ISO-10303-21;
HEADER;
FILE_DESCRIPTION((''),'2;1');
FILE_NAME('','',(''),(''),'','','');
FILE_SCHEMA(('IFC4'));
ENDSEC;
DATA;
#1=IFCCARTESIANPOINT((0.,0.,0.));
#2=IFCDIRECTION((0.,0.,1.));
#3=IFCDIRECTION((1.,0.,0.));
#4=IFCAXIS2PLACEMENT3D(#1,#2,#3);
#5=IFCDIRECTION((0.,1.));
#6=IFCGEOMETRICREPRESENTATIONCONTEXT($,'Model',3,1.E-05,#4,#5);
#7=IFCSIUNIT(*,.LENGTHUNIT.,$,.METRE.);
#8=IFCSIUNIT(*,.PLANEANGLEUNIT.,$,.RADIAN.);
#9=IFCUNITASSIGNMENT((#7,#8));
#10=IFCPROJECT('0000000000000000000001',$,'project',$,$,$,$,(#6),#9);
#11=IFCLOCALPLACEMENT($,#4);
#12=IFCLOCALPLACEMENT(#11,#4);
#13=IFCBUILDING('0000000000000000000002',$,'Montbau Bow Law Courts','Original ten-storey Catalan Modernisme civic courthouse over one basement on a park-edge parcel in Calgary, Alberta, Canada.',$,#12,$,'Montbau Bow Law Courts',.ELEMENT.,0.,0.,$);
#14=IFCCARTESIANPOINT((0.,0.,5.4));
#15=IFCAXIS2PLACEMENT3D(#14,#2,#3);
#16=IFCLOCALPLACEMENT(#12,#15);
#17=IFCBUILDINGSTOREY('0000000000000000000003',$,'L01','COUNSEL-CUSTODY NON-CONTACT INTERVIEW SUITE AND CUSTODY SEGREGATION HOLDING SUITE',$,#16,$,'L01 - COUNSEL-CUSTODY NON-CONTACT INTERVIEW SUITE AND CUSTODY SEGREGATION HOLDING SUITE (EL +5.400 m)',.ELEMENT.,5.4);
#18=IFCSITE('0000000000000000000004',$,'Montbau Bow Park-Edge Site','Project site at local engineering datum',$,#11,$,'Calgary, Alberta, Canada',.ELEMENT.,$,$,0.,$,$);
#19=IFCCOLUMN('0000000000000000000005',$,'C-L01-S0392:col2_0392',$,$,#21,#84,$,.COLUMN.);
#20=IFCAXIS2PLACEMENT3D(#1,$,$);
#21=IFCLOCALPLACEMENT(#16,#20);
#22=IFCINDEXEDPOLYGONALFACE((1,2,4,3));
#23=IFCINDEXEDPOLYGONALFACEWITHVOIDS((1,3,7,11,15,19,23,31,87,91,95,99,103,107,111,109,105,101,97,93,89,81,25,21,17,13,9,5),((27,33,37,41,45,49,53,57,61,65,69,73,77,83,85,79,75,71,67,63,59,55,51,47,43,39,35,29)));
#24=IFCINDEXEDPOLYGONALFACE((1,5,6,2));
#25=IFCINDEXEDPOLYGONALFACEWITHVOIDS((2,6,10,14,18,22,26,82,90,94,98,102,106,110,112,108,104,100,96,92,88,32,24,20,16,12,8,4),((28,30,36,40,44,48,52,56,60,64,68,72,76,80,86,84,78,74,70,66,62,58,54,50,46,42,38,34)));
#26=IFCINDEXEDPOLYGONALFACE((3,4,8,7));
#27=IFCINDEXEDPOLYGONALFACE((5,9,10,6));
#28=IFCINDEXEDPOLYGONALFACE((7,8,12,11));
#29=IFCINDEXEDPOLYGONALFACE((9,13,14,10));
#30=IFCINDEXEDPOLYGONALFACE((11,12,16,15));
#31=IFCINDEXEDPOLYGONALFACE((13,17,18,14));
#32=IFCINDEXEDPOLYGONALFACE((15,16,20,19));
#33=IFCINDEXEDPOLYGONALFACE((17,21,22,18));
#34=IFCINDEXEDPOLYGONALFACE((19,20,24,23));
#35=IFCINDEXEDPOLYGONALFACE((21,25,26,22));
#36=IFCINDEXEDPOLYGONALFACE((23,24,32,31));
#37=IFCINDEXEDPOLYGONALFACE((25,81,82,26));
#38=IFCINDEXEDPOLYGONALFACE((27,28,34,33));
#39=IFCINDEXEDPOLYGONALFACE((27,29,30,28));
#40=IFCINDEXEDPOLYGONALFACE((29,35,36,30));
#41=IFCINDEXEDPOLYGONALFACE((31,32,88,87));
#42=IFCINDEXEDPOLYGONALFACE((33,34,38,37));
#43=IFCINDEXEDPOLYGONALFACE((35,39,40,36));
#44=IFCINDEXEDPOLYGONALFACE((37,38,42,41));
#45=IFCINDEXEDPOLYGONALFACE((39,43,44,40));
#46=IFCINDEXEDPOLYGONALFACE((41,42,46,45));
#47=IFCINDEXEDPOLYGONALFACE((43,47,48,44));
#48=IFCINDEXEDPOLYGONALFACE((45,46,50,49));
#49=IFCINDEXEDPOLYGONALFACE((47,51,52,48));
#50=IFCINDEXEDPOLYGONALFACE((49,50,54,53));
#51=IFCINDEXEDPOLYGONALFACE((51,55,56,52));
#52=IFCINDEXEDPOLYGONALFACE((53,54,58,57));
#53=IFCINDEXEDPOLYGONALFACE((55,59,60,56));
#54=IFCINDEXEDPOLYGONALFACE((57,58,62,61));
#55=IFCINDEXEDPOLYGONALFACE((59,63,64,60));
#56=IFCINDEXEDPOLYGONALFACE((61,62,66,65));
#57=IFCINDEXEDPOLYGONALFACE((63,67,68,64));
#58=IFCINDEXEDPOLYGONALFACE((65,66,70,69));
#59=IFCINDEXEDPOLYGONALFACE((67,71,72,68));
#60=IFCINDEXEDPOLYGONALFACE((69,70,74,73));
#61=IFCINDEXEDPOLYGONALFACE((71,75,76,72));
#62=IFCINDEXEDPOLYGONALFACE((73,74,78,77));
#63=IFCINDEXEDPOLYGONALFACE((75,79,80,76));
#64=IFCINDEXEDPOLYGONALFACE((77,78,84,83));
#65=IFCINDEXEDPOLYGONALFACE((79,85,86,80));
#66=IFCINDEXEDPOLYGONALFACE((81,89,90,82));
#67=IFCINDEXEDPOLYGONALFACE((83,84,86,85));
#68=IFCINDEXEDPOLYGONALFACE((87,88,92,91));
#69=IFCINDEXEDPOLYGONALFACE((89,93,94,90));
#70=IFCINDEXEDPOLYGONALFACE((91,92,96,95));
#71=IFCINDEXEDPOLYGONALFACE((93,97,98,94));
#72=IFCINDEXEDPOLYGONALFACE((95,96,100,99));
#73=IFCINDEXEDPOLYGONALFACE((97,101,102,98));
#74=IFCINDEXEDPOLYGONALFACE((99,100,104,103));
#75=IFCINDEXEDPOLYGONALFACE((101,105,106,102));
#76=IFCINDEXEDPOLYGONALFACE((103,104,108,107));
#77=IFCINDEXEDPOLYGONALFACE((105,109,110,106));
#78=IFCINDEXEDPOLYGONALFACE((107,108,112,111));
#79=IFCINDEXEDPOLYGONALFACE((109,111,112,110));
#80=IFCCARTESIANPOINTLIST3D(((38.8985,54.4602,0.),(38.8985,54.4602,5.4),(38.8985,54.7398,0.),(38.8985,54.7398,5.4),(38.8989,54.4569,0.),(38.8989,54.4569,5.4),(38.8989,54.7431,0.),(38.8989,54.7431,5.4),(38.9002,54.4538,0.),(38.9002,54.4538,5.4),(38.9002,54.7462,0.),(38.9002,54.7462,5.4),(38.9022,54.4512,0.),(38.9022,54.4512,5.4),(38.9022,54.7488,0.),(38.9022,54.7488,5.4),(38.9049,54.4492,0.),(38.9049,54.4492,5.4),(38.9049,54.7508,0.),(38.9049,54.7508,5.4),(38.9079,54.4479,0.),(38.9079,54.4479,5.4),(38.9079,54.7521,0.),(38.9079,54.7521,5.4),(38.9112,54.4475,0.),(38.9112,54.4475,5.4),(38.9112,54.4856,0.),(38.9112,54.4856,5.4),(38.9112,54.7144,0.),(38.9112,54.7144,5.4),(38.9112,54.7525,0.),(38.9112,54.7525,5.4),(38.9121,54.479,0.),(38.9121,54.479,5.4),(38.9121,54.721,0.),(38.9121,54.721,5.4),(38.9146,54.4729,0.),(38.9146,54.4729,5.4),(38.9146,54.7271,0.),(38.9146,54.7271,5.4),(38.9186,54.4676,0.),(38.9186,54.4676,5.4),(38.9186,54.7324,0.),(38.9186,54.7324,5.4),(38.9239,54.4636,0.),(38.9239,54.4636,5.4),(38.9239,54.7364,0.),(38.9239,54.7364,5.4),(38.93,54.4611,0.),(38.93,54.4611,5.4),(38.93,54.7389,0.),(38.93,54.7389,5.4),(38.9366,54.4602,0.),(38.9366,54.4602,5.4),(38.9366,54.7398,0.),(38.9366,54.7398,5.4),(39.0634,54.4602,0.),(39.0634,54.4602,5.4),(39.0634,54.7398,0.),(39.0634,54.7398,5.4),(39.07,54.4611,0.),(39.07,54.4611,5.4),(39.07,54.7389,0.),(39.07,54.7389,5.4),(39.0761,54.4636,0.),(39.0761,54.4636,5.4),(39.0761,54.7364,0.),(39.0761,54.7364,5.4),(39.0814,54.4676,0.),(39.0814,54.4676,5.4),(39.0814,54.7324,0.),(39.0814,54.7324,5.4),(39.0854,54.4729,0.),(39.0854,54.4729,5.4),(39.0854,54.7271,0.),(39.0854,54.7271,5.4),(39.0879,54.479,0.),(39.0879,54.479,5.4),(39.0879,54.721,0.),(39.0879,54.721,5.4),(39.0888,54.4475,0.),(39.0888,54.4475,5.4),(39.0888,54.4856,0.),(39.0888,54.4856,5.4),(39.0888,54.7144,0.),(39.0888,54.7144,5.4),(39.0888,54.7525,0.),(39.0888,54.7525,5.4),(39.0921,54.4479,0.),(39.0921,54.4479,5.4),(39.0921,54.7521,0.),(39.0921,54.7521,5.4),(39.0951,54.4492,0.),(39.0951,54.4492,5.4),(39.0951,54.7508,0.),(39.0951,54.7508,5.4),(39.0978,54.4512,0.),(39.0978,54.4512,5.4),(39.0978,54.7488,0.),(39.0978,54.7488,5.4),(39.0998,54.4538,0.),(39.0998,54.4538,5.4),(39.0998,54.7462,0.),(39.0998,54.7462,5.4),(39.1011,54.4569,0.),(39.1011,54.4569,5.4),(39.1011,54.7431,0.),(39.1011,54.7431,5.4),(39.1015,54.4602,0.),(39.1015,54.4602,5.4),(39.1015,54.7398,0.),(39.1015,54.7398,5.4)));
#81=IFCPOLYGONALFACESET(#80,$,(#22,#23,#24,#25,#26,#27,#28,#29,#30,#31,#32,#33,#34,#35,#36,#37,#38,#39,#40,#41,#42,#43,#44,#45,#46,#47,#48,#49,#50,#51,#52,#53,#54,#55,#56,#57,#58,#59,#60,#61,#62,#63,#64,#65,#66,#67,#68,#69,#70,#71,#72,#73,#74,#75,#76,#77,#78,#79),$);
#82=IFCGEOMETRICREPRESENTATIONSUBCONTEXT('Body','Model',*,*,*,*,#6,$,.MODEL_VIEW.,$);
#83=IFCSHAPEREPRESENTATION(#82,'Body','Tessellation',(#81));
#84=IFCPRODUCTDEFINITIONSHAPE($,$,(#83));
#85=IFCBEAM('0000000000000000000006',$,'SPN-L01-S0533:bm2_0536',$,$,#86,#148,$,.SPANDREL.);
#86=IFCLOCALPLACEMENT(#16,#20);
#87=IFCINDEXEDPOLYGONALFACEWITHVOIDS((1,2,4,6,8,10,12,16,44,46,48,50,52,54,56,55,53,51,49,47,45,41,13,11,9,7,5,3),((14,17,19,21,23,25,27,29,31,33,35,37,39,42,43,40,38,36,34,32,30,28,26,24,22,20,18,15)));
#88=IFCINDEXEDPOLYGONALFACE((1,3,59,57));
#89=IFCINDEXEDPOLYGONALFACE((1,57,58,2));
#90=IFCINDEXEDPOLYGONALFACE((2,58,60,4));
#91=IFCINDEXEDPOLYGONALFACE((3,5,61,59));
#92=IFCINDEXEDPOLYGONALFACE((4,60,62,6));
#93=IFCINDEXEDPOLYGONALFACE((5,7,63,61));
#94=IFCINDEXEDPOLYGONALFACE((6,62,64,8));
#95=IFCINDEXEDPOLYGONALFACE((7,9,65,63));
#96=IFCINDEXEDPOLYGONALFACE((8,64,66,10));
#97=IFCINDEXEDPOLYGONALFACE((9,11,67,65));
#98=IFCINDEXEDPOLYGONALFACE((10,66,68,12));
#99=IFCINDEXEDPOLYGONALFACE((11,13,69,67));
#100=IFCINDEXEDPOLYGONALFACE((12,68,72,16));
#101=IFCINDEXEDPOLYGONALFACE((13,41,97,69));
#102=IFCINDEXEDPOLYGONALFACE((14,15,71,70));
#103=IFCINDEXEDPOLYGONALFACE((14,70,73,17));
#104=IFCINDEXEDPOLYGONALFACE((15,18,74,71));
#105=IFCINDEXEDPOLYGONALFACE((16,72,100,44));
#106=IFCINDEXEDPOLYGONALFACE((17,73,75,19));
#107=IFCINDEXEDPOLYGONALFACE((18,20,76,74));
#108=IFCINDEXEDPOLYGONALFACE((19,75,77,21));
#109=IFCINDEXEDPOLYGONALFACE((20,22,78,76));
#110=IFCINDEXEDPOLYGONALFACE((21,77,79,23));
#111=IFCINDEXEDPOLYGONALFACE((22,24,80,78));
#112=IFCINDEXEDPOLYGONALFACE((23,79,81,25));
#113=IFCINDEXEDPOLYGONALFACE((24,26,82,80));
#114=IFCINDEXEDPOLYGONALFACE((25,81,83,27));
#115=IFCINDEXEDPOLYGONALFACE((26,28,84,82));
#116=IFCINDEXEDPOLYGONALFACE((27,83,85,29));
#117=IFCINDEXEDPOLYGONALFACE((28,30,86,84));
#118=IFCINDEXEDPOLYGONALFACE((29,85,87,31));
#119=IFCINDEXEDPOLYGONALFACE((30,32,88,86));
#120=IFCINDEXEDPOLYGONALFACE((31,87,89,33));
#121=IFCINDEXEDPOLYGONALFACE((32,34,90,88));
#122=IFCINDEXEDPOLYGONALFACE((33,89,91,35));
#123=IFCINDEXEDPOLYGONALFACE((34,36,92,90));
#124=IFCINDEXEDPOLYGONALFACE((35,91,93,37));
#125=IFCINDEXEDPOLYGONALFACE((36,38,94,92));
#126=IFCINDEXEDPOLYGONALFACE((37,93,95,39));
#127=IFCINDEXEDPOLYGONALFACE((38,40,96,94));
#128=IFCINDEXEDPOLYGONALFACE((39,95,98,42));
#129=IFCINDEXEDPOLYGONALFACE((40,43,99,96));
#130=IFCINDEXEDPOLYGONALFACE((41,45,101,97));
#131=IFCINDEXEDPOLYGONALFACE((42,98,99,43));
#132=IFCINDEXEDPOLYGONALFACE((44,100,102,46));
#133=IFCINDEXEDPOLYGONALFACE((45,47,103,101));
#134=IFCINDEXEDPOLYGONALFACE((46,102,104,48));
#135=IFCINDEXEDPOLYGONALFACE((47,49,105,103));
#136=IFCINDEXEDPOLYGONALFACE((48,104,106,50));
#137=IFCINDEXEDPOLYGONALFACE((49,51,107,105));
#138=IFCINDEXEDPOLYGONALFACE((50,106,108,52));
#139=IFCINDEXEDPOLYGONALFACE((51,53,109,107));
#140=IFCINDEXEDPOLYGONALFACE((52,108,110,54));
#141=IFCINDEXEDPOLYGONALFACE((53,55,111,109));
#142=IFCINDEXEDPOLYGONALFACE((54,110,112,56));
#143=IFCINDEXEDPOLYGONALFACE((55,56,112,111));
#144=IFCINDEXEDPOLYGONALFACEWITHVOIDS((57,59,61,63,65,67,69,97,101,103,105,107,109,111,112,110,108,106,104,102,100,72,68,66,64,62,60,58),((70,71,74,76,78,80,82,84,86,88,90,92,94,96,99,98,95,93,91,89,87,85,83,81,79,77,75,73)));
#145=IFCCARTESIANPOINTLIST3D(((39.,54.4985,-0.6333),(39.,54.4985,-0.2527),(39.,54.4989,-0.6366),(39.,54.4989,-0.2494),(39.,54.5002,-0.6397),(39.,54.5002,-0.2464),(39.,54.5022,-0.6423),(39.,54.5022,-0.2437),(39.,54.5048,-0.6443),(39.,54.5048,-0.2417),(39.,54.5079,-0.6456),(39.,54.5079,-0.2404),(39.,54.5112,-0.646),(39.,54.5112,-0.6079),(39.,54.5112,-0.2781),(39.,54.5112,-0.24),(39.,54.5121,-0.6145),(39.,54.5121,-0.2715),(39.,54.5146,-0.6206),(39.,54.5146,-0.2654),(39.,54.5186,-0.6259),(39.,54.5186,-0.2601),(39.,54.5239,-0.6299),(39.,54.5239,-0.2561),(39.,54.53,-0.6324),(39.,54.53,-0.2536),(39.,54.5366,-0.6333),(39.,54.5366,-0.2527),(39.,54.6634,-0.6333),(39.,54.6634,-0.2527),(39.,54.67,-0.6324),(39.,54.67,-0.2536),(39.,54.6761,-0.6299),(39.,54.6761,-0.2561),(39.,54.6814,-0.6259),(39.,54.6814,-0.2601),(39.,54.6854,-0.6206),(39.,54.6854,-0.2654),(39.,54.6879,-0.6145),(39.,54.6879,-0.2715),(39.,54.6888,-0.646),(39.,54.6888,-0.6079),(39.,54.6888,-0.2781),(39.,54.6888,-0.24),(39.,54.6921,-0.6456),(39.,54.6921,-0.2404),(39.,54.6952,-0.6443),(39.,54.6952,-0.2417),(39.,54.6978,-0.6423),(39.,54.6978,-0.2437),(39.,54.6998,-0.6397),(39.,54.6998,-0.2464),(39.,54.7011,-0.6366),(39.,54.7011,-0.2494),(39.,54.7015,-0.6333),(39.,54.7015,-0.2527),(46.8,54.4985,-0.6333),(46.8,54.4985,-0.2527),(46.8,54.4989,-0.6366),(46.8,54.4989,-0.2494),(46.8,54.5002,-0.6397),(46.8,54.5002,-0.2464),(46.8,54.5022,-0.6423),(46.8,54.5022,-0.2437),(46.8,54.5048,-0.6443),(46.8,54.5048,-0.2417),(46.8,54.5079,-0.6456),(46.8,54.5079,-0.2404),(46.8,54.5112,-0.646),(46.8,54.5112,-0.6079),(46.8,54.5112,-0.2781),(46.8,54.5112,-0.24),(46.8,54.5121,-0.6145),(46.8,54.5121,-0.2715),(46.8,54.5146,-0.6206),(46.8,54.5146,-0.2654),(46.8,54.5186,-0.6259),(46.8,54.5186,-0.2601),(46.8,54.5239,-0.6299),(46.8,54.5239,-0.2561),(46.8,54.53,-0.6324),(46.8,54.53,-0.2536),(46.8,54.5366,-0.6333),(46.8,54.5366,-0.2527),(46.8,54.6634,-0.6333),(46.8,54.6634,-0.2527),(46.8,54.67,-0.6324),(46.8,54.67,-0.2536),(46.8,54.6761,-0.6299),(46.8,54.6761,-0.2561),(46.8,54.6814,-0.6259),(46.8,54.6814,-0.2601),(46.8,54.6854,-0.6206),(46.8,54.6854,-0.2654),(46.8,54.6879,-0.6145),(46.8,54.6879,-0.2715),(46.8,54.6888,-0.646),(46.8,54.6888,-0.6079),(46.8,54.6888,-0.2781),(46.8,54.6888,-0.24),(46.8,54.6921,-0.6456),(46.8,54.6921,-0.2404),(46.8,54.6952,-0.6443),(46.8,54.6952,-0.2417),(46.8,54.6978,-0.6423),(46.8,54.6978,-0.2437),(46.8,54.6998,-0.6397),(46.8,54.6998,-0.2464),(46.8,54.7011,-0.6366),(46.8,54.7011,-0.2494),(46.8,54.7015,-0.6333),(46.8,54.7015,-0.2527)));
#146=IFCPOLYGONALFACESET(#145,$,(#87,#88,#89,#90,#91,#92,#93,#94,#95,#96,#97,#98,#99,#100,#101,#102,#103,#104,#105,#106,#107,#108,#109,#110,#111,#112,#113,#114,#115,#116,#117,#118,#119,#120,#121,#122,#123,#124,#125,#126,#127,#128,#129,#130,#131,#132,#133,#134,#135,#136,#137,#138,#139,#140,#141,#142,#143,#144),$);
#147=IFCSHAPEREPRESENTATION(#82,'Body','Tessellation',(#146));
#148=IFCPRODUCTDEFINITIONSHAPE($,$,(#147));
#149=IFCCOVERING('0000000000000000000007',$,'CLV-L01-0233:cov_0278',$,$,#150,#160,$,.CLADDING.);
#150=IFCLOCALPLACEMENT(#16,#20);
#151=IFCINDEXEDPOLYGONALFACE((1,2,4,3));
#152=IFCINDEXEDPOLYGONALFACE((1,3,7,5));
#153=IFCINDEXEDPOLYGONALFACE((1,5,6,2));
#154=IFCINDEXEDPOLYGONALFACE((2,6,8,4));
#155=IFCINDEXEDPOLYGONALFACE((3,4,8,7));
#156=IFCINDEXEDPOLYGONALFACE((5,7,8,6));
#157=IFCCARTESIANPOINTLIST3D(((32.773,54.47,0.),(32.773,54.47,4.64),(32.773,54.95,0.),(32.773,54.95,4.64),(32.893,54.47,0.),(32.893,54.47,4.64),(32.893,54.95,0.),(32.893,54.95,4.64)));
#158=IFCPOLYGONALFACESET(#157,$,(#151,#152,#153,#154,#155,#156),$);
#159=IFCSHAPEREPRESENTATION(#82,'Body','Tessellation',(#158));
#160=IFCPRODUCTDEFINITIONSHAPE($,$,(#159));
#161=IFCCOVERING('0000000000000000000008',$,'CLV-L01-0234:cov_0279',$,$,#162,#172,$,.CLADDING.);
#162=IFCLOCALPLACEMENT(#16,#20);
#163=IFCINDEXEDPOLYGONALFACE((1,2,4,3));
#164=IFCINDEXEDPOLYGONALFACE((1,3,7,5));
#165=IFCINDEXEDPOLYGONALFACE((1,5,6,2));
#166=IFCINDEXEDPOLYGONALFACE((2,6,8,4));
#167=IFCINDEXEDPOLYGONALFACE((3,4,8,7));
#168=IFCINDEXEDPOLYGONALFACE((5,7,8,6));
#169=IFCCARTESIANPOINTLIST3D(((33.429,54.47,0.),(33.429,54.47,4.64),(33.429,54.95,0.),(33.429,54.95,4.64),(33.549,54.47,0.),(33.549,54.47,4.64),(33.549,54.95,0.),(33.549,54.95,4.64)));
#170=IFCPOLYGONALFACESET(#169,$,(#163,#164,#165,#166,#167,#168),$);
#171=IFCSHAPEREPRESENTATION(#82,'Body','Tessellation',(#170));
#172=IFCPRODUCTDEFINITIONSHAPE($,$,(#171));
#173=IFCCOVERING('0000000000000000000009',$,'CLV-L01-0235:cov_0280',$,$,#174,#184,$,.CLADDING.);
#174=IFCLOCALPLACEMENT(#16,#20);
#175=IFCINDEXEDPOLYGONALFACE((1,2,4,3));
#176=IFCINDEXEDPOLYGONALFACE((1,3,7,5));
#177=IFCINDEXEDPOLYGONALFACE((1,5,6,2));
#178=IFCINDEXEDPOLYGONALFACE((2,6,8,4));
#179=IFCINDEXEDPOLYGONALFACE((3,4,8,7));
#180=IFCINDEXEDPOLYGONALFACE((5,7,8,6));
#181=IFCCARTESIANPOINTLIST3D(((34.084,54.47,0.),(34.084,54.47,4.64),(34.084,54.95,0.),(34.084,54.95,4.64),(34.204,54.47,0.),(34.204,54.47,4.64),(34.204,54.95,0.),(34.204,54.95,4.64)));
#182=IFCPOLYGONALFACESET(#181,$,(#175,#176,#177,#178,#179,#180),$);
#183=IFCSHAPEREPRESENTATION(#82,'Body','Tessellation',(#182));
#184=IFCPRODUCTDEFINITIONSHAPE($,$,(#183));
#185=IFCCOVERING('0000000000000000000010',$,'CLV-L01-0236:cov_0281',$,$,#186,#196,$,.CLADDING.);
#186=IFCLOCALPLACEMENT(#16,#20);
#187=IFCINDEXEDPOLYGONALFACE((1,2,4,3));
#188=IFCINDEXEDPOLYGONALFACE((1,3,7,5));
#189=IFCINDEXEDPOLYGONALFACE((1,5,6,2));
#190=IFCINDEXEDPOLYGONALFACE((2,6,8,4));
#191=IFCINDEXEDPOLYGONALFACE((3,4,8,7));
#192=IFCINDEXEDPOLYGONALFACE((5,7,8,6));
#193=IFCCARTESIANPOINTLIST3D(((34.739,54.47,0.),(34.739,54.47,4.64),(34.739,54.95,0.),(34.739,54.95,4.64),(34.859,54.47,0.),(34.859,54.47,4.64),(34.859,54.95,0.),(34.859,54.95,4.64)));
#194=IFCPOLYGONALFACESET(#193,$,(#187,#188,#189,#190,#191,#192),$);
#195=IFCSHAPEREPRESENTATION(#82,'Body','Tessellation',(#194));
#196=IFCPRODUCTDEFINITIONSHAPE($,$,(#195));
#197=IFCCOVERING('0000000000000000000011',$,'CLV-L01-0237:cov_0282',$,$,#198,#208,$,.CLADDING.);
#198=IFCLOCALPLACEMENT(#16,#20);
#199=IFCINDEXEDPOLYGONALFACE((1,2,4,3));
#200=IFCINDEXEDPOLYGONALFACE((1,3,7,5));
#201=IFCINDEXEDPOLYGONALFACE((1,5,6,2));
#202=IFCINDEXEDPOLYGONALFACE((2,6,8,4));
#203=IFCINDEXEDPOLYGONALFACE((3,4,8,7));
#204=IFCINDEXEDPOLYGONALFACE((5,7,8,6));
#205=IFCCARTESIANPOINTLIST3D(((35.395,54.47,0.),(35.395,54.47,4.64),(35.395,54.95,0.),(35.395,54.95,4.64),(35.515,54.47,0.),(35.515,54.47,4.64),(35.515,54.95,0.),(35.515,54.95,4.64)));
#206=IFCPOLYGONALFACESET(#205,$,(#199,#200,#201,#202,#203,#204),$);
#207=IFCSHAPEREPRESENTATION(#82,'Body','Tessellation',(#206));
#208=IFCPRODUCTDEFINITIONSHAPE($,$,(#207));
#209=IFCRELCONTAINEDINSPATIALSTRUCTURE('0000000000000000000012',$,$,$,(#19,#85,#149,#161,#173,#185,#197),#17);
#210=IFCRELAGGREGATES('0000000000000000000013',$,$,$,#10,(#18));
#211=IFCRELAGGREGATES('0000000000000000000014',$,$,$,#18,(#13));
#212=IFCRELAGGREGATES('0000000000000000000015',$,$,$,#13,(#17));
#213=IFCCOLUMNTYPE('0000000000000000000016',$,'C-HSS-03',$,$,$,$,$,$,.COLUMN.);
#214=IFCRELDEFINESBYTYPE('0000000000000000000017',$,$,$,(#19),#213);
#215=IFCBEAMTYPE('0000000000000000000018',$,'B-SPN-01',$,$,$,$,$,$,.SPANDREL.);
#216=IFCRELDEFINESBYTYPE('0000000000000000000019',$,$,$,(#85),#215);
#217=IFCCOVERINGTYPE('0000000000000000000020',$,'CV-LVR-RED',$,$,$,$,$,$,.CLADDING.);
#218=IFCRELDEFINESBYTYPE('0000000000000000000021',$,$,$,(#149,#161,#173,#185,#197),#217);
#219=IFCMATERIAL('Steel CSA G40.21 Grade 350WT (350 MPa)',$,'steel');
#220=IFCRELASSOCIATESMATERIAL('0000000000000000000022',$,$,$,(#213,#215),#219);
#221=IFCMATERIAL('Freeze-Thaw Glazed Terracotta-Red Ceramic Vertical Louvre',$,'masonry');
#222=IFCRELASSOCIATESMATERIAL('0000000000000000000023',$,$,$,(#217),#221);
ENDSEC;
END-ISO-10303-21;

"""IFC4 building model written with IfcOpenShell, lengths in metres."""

from ifc_helpers import new_model, si_unit, direction, frame, frame_2d, origin_with_axes, origin_2d_with_axis, place, context, subcontext, project, spatial, rectangle, hollow_rectangle, extrude, material, material_profile, profile_set, type_object, element, save


model = new_model("IFC4")

# Units and contexts
model_context = context("Model", 3, precision=1e-05, world=origin_with_axes(), true_north=direction((0.0, 1.0)))
body_context = subcontext(model_context, "Body", "Model", "MODEL_VIEW")
ifc_project = project(units=[si_unit("LENGTHUNIT", "METRE"), si_unit("PLANEANGLEUNIT", "RADIAN")], contexts=[model_context])

# Site, building, storey
site_placement = place(None, origin_with_axes())
site = spatial("IfcSite", under=ifc_project, at=site_placement, Name="Montbau Bow Park-Edge Site", Description="Project site at local engineering datum", LongName="Calgary, Alberta, Canada", CompositionType="ELEMENT", RefElevation=0.0)
building_placement = place(site_placement, origin_with_axes())
building = spatial("IfcBuilding", under=site, at=building_placement, Name="Montbau Bow Law Courts", Description="Original ten-storey Catalan Modernisme civic courthouse over one basement on a park-edge parcel in Calgary, Alberta, Canada.", LongName="Montbau Bow Law Courts", CompositionType="ELEMENT", ElevationOfRefHeight=0.0, ElevationOfTerrain=0.0)
storey_placement = place(building_placement, frame((0.0, 0.0, 5.4), z_axis=(0.0, 0.0, 1.0), x_axis=(1.0, 0.0, 0.0)))
storey = spatial("IfcBuildingStorey", under=building, at=storey_placement, Name="L01", Description="COUNSEL-CUSTODY NON-CONTACT INTERVIEW SUITE AND CUSTODY SEGREGATION HOLDING SUITE", LongName="L01 - COUNSEL-CUSTODY NON-CONTACT INTERVIEW SUITE AND CUSTODY SEGREGATION HOLDING SUITE (EL +5.400 m)", CompositionType="ELEMENT", Elevation=5.4)

# Column
ifc_material_1 = material(Name="Steel CSA G40.21 Grade 350WT (350 MPa)", Category="steel")
ifc_material_profile_1 = material_profile(ifc_material_1, hollow_rectangle(XDim=0.203, YDim=0.305, WallThickness=0.0127, InnerFilletRadius=0.0254, OuterFilletRadius=0.0127, at=origin_2d_with_axis()), Name="HSS305X203X13", Category="Main", Priority=0)
ifc_profile_set_1 = profile_set([ifc_material_profile_1], Name="Steel CSA G40.21 Grade 350WT (350 MPa)")
column_type = type_object("IfcColumnType", Name="C-HSS-03", PredefinedType="COLUMN", material=ifc_profile_set_1)
column_placement = place(None, frame((39.0, 54.6, 5.4), z_axis=(0.0, 0.0, 1.0), x_axis=(1.0, 0.0, 0.0)))
element("IfcColumn", 1, at=column_placement, inside=storey, type_object=column_type, Name="C-L01-S0392:col2_0392", PredefinedType="COLUMN", context=body_context, shape_type="SweptSolid", body=[
    extrude(hollow_rectangle(XDim=0.203, YDim=0.305, WallThickness=0.0127, InnerFilletRadius=0.0254, OuterFilletRadius=0.0127, at=origin_2d_with_axis()), origin_with_axes(), (0.0, 0.0, 1.0), 5.4),
])

# Beam
ifc_material_profile_2 = material_profile(ifc_material_1, hollow_rectangle(XDim=0.203, YDim=0.406, WallThickness=0.0127, InnerFilletRadius=0.0254, OuterFilletRadius=0.0127, at=origin_2d_with_axis()), Name="HSS406X203X13", Category="Main", Priority=0)
ifc_profile_set_2 = profile_set([ifc_material_profile_2], Name="Steel CSA G40.21 Grade 350WT (350 MPa)")
beam_type = type_object("IfcBeamType", Name="B-SPN-01", PredefinedType="SPANDREL", material=ifc_profile_set_2)
beam_placement = place(None, frame((39.0, 54.6, 4.957), z_axis=(1.0, 0.0, 0.0), x_axis=(0.0, 1.0, 0.0)))
element("IfcBeam", 2, at=beam_placement, inside=storey, type_object=beam_type, Name="SPN-L01-S0533:bm2_0536", PredefinedType="SPANDREL", context=body_context, shape_type="SweptSolid", body=[
    extrude(hollow_rectangle(XDim=0.203, YDim=0.406, WallThickness=0.0127, InnerFilletRadius=0.0254, OuterFilletRadius=0.0127, at=origin_2d_with_axis()), origin_with_axes(), (0.0, 0.0, 1.0), 7.8),
])

# Coverings
ifc_material_2 = material(Name="Freeze-Thaw Glazed Terracotta-Red Ceramic Vertical Louvre", Category="masonry")
covering_type = type_object("IfcCoveringType", Name="CV-LVR-RED", PredefinedType="CLADDING", material=ifc_material_2)
for number, where, z_axis, x_axis, name in (
    (3, (32.833, 54.47, 5.4), (1.0, 0.0, 0.0), (0.0, 1.0, 0.0), "CLV-L01-0233:cov_0278"),
    (4, (33.489, 54.47, 5.4), (1.0, 0.0, 0.0), (0.0, 1.0, 0.0), "CLV-L01-0234:cov_0279"),
    (5, (34.144, 54.47, 5.4), (1.0, 0.0, 0.0), (0.0, 1.0, 0.0), "CLV-L01-0235:cov_0280"),
    (6, (34.799, 54.47, 5.4), (1.0, 0.0, 0.0), (0.0, 1.0, 0.0), "CLV-L01-0236:cov_0281"),
    (7, (35.455, 54.47, 5.4), (1.0, 0.0, 0.0), (0.0, 1.0, 0.0), "CLV-L01-0237:cov_0282"),
):
    element("IfcCovering", number, at=place(None, frame(where, z_axis=z_axis, x_axis=x_axis)), inside=storey, type_object=covering_type, Name=name, PredefinedType="CLADDING", context=body_context, shape_type="SweptSolid", body=[
        extrude(rectangle(XDim=0.48, YDim=4.64, at=frame_2d((0.24, 2.32), x_axis=(1.0, 0.0))), frame((0.0, 0.0, -0.06), z_axis=(0.0, 0.0, 1.0), x_axis=(1.0, 0.0, 0.0)), (0.0, 0.0, 1.0), 0.12),
    ])

save(model, "model.ifc")
